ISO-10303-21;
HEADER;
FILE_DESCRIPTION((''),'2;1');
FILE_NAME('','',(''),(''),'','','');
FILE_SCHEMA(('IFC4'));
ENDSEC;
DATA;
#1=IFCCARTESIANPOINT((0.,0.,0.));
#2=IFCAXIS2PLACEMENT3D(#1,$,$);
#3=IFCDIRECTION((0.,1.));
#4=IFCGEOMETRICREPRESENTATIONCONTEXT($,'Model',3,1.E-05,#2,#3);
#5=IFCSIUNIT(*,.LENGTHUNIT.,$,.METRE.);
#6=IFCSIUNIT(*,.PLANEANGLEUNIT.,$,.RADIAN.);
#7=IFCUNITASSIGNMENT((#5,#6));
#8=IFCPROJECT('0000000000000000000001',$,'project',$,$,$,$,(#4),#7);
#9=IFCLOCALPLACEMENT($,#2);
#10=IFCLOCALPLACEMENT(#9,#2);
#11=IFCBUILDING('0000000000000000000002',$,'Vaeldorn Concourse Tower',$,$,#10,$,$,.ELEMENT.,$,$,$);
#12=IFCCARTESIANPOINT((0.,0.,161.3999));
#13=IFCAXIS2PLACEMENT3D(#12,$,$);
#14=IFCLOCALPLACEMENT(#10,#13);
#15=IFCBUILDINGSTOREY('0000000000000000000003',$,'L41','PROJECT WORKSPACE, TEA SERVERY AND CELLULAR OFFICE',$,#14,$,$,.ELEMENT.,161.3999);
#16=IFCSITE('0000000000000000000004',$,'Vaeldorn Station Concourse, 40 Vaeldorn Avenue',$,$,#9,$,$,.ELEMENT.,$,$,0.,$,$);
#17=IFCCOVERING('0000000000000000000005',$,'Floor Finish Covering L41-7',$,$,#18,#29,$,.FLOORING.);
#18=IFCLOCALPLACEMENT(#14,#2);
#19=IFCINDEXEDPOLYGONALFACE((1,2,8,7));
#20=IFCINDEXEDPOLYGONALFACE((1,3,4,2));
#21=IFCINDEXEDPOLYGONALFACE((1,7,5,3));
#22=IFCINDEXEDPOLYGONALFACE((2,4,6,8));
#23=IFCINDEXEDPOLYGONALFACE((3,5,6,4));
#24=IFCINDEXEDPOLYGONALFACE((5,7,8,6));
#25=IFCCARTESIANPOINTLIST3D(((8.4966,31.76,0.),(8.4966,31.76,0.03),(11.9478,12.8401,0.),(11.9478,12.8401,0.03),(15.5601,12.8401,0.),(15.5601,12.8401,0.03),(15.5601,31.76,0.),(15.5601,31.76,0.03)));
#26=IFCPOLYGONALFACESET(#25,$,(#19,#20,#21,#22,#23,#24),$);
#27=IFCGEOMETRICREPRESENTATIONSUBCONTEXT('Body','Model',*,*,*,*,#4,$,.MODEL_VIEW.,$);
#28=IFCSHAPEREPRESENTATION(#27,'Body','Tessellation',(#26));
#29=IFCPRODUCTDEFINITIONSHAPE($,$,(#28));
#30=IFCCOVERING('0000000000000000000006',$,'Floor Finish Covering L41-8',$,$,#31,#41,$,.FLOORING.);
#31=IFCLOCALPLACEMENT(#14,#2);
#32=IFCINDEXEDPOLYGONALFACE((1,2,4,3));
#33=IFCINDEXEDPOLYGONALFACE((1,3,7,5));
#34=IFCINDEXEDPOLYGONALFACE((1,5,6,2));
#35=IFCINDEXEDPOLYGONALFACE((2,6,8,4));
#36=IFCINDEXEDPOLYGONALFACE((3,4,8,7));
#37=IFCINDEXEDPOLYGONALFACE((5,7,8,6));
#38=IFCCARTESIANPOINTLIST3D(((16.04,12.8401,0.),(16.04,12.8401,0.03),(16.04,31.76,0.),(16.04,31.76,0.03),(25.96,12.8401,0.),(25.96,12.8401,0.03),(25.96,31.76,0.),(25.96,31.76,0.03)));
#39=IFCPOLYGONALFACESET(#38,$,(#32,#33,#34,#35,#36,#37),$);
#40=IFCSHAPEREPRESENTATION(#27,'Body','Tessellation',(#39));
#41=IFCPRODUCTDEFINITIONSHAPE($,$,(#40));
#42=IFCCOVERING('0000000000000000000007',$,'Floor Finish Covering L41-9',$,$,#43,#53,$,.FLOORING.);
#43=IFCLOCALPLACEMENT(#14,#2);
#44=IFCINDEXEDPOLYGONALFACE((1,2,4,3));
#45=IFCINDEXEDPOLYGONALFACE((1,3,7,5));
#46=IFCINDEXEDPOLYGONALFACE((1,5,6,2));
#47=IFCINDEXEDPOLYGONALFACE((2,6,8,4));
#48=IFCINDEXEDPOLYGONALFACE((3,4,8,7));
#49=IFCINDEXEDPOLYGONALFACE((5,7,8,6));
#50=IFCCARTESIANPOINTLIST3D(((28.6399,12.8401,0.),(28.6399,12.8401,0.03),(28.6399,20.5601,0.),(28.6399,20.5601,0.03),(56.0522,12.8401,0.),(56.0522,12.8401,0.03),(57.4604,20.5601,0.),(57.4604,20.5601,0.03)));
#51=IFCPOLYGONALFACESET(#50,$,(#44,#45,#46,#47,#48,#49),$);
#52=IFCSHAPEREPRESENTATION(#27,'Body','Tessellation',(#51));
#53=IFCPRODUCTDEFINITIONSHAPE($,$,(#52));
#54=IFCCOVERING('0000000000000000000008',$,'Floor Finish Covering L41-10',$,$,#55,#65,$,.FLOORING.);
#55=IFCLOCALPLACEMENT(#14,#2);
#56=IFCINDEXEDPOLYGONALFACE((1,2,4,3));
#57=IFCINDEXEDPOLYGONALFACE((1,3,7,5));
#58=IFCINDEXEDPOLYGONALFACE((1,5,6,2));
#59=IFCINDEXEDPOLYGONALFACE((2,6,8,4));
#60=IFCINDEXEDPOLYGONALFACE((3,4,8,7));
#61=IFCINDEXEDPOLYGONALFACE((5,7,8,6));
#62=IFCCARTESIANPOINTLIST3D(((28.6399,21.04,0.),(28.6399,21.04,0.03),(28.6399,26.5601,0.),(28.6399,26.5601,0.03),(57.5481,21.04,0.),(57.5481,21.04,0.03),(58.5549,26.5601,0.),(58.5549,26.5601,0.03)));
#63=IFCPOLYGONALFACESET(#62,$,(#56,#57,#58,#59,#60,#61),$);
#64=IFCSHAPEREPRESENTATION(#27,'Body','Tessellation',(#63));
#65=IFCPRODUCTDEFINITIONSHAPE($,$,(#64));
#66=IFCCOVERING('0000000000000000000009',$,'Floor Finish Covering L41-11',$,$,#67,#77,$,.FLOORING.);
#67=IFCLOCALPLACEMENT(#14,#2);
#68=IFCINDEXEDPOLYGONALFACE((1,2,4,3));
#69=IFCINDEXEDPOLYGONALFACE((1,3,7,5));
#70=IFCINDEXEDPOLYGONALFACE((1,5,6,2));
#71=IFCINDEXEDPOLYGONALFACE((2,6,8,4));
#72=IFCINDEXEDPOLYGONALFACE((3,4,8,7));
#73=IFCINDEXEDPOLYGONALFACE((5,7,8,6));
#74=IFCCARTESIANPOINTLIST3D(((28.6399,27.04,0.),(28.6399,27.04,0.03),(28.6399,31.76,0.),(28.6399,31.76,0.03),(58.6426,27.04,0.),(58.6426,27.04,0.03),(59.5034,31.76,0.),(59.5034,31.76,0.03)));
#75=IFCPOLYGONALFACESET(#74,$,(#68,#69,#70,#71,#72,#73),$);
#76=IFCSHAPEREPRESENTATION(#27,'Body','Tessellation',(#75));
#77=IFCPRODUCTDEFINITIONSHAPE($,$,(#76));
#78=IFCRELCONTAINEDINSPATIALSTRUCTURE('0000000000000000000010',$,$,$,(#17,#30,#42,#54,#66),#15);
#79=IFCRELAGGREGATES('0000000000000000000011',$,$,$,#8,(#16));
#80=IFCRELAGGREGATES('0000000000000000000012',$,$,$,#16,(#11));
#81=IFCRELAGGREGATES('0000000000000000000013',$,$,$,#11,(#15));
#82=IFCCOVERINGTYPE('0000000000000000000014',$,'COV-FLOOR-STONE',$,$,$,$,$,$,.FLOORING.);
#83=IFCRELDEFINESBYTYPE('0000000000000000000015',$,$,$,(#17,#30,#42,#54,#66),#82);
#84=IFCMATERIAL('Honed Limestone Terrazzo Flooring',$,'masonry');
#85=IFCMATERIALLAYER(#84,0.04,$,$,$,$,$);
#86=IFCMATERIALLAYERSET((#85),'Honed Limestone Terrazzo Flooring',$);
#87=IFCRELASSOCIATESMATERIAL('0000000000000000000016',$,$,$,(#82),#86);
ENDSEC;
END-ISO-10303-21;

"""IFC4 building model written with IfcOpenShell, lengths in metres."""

from ifc_helpers import new_model, si_unit, direction, frame, origin, place, context, subcontext, project, spatial, polyline, outline, extrude, material, layer, layer_set, type_object, element, save


model = new_model("IFC4")

# Units and contexts
model_context = context("Model", 3, precision=1e-05, world=origin(), true_north=direction((0.0, 1.0)))
body_context = subcontext(model_context, "Body", "Model", "MODEL_VIEW")
ifc_project = project(units=[si_unit("LENGTHUNIT", "METRE"), si_unit("PLANEANGLEUNIT", "RADIAN")], contexts=[model_context])

# Site, building, storey
site_placement = place(None, origin())
site = spatial("IfcSite", under=ifc_project, at=site_placement, Name="Vaeldorn Station Concourse, 40 Vaeldorn Avenue", CompositionType="ELEMENT", RefElevation=0.0)
building_placement = place(site_placement, origin())
building = spatial("IfcBuilding", under=site, at=building_placement, Name="Vaeldorn Concourse Tower", CompositionType="ELEMENT")
storey_placement = place(building_placement, frame((0.0, 0.0, 161.3999)))
storey = spatial("IfcBuildingStorey", under=building, at=storey_placement, Name="L41", Description="PROJECT WORKSPACE, TEA SERVERY AND CELLULAR OFFICE", CompositionType="ELEMENT", Elevation=161.3999)

# Coverings
ifc_material_1 = material(Name="Honed Limestone Terrazzo Flooring", Category="masonry")
ifc_layer_1 = layer(ifc_material_1, 0.04)
ifc_layer_set_1 = layer_set([ifc_layer_1], Name="Honed Limestone Terrazzo Flooring")
covering_type_1 = type_object("IfcCoveringType", Name="COV-FLOOR-STONE", PredefinedType="FLOORING", material=ifc_layer_set_1)
covering_1_placement = place(storey_placement, origin())
element("IfcCovering", 1, at=covering_1_placement, inside=storey, type_object=covering_type_1, Name="Floor Finish Covering L41-7", PredefinedType="FLOORING", context=body_context, shape_type="SweptSolid", body=[
    extrude(outline(polyline([(15.5601, 31.76), (15.5601, 12.8401), (11.9478, 12.8401), (8.4966, 31.76), (15.5601, 31.76)])), origin(), (0.0, 0.0, 1.0), 0.03),
])
covering_2_placement = place(storey_placement, origin())
element("IfcCovering", 2, at=covering_2_placement, inside=storey, type_object=covering_type_1, Name="Floor Finish Covering L41-8", PredefinedType="FLOORING", context=body_context, shape_type="SweptSolid", body=[
    extrude(outline(polyline([(16.04, 31.76), (25.96, 31.76), (25.96, 12.8401), (16.04, 12.8401), (16.04, 31.76)])), origin(), (0.0, 0.0, 1.0), 0.03),
])
covering_3_placement = place(storey_placement, origin())
element("IfcCovering", 3, at=covering_3_placement, inside=storey, type_object=covering_type_1, Name="Floor Finish Covering L41-9", PredefinedType="FLOORING", context=body_context, shape_type="SweptSolid", body=[
    extrude(outline(polyline([(28.6399, 12.8401), (28.6399, 20.5601), (57.4604, 20.5601), (56.0522, 12.8401), (28.6399, 12.8401)])), origin(), (0.0, 0.0, 1.0), 0.03),
])
covering_4_placement = place(storey_placement, origin())
element("IfcCovering", 4, at=covering_4_placement, inside=storey, type_object=covering_type_1, Name="Floor Finish Covering L41-10", PredefinedType="FLOORING", context=body_context, shape_type="SweptSolid", body=[
    extrude(outline(polyline([(28.6399, 21.04), (28.6399, 26.5601), (58.5549, 26.5601), (57.5481, 21.04), (28.6399, 21.04)])), origin(), (0.0, 0.0, 1.0), 0.03),
])
covering_5_placement = place(storey_placement, origin())
element("IfcCovering", 5, at=covering_5_placement, inside=storey, type_object=covering_type_1, Name="Floor Finish Covering L41-11", PredefinedType="FLOORING", context=body_context, shape_type="SweptSolid", body=[
    extrude(outline(polyline([(28.6399, 31.76), (59.5034, 31.76), (58.6426, 27.04), (28.6399, 27.04), (28.6399, 31.76)])), origin(), (0.0, 0.0, 1.0), 0.03),
])

save(model, "model.ifc")
